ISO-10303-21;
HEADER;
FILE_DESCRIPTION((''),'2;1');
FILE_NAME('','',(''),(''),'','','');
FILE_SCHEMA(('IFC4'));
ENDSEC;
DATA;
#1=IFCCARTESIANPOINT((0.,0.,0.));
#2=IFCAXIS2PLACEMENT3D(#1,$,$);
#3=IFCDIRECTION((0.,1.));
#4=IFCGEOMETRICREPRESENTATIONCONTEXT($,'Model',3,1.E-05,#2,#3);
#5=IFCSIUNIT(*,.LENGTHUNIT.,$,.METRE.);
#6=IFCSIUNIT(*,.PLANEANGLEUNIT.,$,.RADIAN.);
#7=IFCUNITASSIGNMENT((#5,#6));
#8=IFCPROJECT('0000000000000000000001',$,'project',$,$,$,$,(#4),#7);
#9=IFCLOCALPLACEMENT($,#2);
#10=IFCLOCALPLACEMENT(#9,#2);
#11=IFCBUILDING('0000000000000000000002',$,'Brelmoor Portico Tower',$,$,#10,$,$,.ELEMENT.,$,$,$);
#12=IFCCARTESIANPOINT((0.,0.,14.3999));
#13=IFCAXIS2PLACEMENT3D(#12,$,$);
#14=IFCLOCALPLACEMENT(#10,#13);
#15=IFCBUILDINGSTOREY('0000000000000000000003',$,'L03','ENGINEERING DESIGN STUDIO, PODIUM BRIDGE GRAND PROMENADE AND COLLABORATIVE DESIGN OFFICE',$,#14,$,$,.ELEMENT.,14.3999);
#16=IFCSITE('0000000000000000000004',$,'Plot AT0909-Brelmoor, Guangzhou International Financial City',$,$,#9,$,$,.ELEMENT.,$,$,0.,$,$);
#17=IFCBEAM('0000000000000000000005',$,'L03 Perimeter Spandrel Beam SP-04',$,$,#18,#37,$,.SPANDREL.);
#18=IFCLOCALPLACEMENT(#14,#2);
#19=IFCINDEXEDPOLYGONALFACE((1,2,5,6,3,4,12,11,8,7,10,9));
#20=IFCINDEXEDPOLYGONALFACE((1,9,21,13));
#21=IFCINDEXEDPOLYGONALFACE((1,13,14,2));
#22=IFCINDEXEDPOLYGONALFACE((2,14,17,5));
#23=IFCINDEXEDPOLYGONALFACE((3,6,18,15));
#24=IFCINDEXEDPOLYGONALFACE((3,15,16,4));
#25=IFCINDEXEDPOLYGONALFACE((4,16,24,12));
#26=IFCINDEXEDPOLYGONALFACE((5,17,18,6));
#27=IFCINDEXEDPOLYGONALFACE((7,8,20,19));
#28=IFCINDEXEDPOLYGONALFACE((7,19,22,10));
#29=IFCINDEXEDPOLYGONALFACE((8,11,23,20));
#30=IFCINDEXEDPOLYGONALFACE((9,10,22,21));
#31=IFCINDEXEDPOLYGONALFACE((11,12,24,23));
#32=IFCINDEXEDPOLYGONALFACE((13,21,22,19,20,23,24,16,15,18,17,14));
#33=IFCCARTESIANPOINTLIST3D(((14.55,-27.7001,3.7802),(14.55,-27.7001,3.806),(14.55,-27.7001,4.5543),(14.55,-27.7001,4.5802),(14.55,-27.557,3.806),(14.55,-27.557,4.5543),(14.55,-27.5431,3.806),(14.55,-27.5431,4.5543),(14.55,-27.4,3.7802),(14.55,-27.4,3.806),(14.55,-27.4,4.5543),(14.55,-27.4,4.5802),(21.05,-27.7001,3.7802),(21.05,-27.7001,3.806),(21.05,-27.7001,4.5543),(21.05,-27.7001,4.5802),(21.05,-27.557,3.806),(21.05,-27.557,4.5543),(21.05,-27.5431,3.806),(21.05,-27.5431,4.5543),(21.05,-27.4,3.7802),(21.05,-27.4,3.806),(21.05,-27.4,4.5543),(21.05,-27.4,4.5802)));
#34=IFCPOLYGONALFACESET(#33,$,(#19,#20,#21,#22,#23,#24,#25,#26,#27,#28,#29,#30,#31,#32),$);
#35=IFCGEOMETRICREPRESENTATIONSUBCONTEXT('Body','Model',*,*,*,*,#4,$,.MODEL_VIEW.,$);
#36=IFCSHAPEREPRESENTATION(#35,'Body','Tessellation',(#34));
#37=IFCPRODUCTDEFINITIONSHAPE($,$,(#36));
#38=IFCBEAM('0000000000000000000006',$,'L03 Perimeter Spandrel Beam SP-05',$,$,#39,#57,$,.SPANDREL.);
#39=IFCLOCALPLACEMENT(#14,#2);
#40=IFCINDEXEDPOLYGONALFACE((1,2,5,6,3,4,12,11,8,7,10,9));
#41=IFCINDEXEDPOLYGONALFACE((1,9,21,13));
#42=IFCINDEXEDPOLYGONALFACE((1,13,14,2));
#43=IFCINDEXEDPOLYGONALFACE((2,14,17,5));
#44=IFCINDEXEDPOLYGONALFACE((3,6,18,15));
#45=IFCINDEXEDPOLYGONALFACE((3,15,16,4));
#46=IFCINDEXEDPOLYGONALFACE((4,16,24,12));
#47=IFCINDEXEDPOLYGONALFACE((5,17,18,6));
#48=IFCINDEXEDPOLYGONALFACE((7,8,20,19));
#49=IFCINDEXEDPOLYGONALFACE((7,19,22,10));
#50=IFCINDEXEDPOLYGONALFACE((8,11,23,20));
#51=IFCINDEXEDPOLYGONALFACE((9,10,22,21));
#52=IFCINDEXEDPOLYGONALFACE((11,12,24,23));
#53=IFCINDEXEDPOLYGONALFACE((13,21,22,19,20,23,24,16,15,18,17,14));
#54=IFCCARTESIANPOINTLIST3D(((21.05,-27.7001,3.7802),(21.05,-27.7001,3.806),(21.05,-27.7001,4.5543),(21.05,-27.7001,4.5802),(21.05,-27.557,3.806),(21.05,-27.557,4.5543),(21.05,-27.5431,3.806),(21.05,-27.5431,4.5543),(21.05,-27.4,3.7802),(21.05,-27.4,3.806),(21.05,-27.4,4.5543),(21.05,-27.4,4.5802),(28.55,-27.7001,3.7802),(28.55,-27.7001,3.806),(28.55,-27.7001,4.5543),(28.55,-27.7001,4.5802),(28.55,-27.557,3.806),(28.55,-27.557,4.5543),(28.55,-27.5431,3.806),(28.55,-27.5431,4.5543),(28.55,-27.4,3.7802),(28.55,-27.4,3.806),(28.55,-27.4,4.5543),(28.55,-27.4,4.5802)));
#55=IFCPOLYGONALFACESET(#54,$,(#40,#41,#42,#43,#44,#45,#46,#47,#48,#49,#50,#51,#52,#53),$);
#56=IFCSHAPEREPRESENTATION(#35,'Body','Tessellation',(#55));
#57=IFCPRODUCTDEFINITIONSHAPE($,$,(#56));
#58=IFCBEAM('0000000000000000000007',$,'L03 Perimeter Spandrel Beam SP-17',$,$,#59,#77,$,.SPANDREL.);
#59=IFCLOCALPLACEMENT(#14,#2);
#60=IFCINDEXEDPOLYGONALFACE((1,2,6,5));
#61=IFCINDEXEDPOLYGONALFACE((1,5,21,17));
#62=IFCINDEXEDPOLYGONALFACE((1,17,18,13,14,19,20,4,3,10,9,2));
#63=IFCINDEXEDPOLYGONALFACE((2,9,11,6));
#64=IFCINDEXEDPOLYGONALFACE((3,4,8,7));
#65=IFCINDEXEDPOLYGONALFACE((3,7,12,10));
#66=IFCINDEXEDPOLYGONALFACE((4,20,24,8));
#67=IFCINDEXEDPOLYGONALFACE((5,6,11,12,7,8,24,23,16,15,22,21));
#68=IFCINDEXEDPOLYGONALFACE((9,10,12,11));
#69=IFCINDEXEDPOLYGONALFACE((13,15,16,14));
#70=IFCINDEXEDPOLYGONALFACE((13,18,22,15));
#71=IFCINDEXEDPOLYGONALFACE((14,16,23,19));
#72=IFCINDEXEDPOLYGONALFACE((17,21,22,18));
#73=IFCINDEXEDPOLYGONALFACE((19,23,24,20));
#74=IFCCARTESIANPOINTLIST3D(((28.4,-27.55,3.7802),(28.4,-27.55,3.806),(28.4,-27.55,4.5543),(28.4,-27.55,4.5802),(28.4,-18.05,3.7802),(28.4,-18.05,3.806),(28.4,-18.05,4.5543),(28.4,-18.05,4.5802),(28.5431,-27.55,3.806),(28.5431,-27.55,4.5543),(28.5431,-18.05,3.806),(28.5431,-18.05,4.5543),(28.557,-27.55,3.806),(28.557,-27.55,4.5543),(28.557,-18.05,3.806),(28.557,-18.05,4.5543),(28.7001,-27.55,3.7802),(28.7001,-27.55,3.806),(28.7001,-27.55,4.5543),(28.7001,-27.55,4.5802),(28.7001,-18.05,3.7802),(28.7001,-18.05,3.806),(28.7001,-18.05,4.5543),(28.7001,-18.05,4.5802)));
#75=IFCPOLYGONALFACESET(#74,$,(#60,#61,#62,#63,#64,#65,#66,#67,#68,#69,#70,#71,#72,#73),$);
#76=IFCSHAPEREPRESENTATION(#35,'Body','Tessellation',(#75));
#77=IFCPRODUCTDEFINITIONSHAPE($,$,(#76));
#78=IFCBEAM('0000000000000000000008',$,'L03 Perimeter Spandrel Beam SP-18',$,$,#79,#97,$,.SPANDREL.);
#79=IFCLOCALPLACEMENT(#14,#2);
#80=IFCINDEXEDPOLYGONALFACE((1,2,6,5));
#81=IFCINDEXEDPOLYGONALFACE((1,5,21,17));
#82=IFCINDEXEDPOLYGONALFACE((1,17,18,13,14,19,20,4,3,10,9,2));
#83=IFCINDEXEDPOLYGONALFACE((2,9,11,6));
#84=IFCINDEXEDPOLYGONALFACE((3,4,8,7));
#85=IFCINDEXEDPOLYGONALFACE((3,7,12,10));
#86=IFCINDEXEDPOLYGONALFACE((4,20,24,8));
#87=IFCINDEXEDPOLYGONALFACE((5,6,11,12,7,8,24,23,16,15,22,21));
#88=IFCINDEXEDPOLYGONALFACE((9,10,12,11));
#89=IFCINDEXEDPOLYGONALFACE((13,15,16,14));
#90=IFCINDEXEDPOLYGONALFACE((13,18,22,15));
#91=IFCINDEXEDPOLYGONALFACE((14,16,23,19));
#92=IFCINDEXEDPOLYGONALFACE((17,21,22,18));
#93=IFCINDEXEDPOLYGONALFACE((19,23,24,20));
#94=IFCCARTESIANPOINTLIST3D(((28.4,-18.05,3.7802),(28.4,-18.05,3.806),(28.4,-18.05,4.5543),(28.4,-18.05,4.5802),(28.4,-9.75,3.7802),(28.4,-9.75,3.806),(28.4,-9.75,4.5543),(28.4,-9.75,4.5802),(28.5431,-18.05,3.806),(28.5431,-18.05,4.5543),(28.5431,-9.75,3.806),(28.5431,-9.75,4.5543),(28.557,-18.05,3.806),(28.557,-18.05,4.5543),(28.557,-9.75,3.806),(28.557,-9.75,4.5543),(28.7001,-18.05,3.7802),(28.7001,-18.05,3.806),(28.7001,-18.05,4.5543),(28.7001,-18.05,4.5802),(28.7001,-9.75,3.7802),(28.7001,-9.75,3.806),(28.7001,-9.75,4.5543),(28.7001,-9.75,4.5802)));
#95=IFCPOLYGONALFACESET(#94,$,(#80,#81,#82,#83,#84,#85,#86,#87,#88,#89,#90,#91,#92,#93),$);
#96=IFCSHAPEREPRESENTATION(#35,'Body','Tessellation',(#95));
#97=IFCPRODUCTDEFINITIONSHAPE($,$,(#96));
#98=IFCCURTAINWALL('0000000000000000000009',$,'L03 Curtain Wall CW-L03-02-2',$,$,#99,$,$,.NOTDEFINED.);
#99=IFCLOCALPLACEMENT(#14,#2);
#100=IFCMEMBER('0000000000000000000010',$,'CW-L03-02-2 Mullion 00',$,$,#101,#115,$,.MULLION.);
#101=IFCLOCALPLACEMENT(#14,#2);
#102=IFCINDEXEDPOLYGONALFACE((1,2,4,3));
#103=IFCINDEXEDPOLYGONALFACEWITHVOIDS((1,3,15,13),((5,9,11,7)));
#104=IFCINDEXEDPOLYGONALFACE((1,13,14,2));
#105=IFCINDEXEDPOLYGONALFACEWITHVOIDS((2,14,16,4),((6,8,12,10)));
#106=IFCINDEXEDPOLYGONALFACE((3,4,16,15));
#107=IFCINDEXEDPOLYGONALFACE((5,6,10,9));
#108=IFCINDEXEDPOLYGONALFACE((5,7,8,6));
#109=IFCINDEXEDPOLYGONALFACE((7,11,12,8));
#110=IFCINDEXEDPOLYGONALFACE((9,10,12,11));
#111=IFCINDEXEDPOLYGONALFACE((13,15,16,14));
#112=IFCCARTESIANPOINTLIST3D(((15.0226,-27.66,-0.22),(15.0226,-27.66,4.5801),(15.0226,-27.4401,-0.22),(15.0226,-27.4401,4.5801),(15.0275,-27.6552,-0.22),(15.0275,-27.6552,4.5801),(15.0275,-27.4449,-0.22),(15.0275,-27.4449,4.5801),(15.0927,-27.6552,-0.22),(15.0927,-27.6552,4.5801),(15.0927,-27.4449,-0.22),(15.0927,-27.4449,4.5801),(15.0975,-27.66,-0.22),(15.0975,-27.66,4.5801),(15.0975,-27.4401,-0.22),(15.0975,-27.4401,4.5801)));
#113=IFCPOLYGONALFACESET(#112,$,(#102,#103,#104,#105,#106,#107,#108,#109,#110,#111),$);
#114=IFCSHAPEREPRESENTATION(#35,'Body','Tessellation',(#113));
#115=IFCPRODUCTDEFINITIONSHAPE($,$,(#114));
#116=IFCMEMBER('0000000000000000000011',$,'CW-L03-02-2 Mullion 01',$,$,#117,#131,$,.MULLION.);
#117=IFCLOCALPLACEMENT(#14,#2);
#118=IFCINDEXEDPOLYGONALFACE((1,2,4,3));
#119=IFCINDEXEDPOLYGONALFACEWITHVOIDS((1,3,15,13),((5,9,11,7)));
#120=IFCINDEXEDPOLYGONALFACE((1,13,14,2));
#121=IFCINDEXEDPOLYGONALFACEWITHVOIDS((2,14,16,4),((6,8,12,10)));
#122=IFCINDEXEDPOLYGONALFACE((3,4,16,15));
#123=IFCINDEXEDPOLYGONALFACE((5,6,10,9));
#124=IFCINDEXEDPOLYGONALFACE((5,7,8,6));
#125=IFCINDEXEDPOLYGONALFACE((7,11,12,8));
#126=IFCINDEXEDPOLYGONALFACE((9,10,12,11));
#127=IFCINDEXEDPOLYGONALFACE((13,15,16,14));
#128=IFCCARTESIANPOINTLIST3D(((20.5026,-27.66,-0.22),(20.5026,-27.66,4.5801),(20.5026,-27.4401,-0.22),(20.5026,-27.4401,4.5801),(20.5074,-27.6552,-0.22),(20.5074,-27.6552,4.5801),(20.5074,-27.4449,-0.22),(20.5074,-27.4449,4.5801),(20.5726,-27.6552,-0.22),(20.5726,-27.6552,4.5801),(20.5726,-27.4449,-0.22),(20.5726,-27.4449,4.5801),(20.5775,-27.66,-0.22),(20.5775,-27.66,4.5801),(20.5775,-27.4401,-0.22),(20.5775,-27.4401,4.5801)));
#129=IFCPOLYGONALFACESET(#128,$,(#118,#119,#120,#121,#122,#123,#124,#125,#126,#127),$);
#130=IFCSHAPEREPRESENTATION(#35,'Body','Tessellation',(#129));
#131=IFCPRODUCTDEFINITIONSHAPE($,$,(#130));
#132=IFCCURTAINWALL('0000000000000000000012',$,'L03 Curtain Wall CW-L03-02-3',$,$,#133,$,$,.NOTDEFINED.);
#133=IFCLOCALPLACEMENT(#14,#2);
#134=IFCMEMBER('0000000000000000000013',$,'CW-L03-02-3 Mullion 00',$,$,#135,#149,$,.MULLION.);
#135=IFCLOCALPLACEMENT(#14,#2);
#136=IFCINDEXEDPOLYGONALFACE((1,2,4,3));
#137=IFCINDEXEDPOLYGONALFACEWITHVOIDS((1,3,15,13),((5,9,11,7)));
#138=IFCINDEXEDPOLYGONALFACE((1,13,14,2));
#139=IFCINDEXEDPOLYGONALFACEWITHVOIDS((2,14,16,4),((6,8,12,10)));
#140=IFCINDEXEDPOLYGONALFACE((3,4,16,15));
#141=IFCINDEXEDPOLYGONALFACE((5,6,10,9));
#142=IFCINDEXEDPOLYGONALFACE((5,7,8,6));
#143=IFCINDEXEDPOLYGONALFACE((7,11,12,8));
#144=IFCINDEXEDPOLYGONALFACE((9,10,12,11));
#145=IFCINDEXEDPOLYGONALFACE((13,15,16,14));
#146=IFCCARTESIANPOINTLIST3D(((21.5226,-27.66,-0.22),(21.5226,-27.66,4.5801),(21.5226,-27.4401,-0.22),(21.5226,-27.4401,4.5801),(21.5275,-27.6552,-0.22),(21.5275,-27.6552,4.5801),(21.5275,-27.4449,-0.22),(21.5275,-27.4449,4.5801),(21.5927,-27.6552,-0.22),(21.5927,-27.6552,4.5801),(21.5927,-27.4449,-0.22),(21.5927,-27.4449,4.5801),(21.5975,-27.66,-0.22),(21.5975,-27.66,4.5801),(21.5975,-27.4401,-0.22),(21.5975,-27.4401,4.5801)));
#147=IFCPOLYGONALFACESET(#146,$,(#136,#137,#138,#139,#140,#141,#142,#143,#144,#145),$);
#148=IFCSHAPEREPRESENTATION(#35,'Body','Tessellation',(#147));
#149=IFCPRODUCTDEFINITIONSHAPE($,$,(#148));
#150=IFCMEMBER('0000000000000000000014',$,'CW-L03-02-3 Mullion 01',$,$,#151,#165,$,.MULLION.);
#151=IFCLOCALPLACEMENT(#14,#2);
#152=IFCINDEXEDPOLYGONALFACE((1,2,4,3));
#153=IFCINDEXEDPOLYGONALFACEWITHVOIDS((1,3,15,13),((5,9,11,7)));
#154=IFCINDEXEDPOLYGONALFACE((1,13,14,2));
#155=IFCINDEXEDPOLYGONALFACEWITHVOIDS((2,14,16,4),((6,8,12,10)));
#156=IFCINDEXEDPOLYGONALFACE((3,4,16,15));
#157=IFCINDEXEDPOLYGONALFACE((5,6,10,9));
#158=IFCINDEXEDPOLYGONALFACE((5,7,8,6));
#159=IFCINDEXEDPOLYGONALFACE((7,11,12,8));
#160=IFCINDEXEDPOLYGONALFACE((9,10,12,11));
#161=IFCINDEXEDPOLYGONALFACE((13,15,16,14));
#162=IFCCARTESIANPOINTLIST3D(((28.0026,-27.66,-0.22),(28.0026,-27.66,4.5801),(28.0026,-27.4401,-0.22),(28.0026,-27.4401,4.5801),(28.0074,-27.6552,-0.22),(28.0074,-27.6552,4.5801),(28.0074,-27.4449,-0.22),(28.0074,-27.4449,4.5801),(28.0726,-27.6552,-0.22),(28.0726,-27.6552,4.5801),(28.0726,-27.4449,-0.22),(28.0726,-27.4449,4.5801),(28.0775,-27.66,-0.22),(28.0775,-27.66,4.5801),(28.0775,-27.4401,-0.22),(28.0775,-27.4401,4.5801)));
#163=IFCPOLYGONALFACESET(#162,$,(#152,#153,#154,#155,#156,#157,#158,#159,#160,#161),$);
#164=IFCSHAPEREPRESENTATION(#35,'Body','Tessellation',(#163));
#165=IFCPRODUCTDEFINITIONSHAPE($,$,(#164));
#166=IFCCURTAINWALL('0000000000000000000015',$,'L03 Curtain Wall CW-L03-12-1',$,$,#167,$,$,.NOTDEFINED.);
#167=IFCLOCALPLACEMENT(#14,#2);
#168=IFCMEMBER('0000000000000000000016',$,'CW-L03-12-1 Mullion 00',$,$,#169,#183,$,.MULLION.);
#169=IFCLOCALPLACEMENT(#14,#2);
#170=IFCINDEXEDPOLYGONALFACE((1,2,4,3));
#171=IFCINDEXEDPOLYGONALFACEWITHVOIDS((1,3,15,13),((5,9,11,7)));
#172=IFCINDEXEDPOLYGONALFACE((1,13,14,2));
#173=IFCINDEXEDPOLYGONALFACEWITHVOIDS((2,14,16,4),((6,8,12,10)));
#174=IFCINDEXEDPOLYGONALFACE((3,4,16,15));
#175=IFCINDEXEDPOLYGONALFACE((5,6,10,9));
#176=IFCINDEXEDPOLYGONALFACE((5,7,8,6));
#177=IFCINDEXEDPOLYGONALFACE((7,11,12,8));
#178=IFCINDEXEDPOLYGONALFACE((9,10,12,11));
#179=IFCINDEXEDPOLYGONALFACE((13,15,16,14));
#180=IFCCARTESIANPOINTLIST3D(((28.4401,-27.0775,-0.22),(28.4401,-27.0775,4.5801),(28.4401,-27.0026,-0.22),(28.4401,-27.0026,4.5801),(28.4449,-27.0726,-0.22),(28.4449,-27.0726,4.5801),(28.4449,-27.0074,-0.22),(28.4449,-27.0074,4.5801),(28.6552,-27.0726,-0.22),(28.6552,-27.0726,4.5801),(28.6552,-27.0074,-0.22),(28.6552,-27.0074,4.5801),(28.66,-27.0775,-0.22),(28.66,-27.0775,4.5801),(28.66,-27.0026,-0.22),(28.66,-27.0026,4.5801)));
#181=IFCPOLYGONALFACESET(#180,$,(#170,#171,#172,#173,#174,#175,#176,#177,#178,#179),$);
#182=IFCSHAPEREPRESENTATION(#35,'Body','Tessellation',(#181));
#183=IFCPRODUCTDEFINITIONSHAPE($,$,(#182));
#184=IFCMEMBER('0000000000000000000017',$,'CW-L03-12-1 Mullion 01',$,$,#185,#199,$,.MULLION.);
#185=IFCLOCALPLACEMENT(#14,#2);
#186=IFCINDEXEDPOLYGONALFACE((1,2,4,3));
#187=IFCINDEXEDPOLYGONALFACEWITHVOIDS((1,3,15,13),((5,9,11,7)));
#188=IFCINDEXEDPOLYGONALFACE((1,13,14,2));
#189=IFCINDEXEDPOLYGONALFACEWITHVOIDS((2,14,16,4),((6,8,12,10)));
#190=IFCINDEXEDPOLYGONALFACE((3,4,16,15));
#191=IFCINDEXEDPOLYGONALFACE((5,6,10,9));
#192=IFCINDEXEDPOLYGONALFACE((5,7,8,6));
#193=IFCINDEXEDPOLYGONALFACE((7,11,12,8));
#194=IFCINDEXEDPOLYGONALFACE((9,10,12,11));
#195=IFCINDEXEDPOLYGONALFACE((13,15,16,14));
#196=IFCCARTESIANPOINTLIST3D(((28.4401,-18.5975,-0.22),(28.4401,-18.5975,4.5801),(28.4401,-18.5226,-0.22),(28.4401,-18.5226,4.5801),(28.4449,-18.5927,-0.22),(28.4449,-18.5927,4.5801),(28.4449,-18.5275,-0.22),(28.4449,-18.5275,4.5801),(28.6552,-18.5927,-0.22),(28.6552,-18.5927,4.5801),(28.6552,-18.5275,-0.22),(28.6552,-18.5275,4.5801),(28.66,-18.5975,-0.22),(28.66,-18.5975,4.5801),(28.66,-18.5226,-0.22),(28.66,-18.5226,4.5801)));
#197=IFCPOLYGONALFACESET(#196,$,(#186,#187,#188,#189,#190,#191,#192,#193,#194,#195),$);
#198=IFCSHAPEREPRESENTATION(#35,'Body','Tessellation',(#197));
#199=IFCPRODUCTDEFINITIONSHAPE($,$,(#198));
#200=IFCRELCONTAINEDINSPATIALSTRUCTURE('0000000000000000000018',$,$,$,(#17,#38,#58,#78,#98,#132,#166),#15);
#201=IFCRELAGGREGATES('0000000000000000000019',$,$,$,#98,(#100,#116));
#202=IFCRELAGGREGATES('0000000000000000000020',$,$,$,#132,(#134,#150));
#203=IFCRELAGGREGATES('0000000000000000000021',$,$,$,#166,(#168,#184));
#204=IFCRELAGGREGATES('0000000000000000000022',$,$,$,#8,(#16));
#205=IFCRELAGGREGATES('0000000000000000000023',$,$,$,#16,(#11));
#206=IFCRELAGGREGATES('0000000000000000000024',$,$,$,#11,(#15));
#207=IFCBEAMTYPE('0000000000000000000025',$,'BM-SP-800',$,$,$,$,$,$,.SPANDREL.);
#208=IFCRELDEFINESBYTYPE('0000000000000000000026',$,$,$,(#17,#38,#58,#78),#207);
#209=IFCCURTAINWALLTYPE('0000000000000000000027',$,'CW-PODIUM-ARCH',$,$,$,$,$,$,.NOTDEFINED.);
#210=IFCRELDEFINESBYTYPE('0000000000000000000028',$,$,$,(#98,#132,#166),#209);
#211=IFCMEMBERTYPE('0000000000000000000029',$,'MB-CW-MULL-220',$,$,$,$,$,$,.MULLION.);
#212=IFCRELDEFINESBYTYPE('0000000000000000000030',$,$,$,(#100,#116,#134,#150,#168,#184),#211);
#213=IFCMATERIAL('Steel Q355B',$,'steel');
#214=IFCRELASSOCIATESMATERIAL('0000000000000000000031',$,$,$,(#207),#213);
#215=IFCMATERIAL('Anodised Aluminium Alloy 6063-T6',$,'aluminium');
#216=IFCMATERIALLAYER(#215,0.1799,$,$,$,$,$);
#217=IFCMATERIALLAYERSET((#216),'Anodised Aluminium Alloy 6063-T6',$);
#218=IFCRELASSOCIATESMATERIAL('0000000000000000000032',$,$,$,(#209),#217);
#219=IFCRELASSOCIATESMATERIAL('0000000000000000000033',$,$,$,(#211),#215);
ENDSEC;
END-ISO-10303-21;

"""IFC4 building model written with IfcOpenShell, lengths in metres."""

from ifc_helpers import new_model, si_unit, direction, frame, origin, origin_2d, place, context, subcontext, project, spatial, hollow_rectangle, i_section, extrude, material, layer, layer_set, material_profile, profile_set, type_object, element, aggregate, save


model = new_model("IFC4")

# Units and contexts
model_context = context("Model", 3, precision=1e-05, world=origin(), true_north=direction((0.0, 1.0)))
body_context = subcontext(model_context, "Body", "Model", "MODEL_VIEW")
ifc_project = project(units=[si_unit("LENGTHUNIT", "METRE"), si_unit("PLANEANGLEUNIT", "RADIAN")], contexts=[model_context])

# Site, building, storey
site_placement = place(None, origin())
site = spatial("IfcSite", under=ifc_project, at=site_placement, Name="Plot AT0909-Brelmoor, Guangzhou International Financial City", CompositionType="ELEMENT", RefElevation=0.0)
building_placement = place(site_placement, origin())
building = spatial("IfcBuilding", under=site, at=building_placement, Name="Brelmoor Portico Tower", CompositionType="ELEMENT")
storey_placement = place(building_placement, frame((0.0, 0.0, 14.3999)))
storey = spatial("IfcBuildingStorey", under=building, at=storey_placement, Name="L03", Description="ENGINEERING DESIGN STUDIO, PODIUM BRIDGE GRAND PROMENADE AND COLLABORATIVE DESIGN OFFICE", CompositionType="ELEMENT", Elevation=14.3999)

# Shared definitions
ifc_material_1 = material(Name="Steel Q355B", Category="steel")

# Beams
ifc_material_profile_1 = material_profile(ifc_material_1, i_section(OverallWidth=0.3, OverallDepth=0.8, WebThickness=0.0139, FlangeThickness=0.0259, at=origin_2d()), Name="HN 800x300x14x26")
ifc_profile_set_1 = profile_set([ifc_material_profile_1], Name="Steel Q355B")
beam_type_1 = type_object("IfcBeamType", Name="BM-SP-800", PredefinedType="SPANDREL", material=ifc_profile_set_1)
beam_1_placement = place(storey_placement, frame((14.55, -27.55, 4.1802), z_axis=(1.0, 0.0, 0.0), x_axis=(0.0, 1.0, 0.0)))
element("IfcBeam", 1, at=beam_1_placement, inside=storey, type_object=beam_type_1, Name="L03 Perimeter Spandrel Beam SP-04", PredefinedType="SPANDREL", context=body_context, shape_type="SweptSolid", body=[
    extrude(i_section(OverallWidth=0.3, OverallDepth=0.8, WebThickness=0.0139, FlangeThickness=0.0259, at=origin_2d()), origin(), (0.0, 0.0, 1.0), 6.5),
])
beam_2_placement = place(storey_placement, frame((21.05, -27.55, 4.1802), z_axis=(1.0, 0.0, 0.0), x_axis=(0.0, 1.0, 0.0)))
element("IfcBeam", 2, at=beam_2_placement, inside=storey, type_object=beam_type_1, Name="L03 Perimeter Spandrel Beam SP-05", PredefinedType="SPANDREL", context=body_context, shape_type="SweptSolid", body=[
    extrude(i_section(OverallWidth=0.3, OverallDepth=0.8, WebThickness=0.0139, FlangeThickness=0.0259, at=origin_2d()), origin(), (0.0, 0.0, 1.0), 7.5),
])
beam_3_placement = place(storey_placement, frame((28.55, -27.55, 4.1802), z_axis=(0.0, 1.0, 0.0), x_axis=(-1.0, 0.0, 0.0)))
element("IfcBeam", 3, at=beam_3_placement, inside=storey, type_object=beam_type_1, Name="L03 Perimeter Spandrel Beam SP-17", PredefinedType="SPANDREL", context=body_context, shape_type="SweptSolid", body=[
    extrude(i_section(OverallWidth=0.3, OverallDepth=0.8, WebThickness=0.0139, FlangeThickness=0.0259, at=origin_2d()), origin(), (0.0, 0.0, 1.0), 9.5),
])
beam_4_placement = place(storey_placement, frame((28.55, -18.05, 4.1802), z_axis=(0.0, 1.0, 0.0), x_axis=(-1.0, 0.0, 0.0)))
element("IfcBeam", 4, at=beam_4_placement, inside=storey, type_object=beam_type_1, Name="L03 Perimeter Spandrel Beam SP-18", PredefinedType="SPANDREL", context=body_context, shape_type="SweptSolid", body=[
    extrude(i_section(OverallWidth=0.3, OverallDepth=0.8, WebThickness=0.0139, FlangeThickness=0.0259, at=origin_2d()), origin(), (0.0, 0.0, 1.0), 8.3),
])

# Curtain walls, members
ifc_material_2 = material(Name="Anodised Aluminium Alloy 6063-T6", Category="aluminium")
ifc_layer_1 = layer(ifc_material_2, 0.1799)
ifc_layer_set_1 = layer_set([ifc_layer_1], Name="Anodised Aluminium Alloy 6063-T6")
curtain_wall_type = type_object("IfcCurtainWallType", Name="CW-PODIUM-ARCH", PredefinedType="NOTDEFINED", material=ifc_layer_set_1)
curtain_wall_1_placement = place(storey_placement, origin())
curtain_wall_1 = element("IfcCurtainWall", 5, at=curtain_wall_1_placement, inside=storey, type_object=curtain_wall_type, Name="L03 Curtain Wall CW-L03-02-2", PredefinedType="NOTDEFINED")
ifc_material_profile_2 = material_profile(ifc_material_2, hollow_rectangle(XDim=0.075, YDim=0.22, WallThickness=0.0049, at=origin_2d()), Name="ALU MULLION 75x220")
ifc_profile_set_2 = profile_set([ifc_material_profile_2], Name="Anodised Aluminium Alloy 6063-T6")
member_type_1 = type_object("IfcMemberType", Name="MB-CW-MULL-220", PredefinedType="MULLION", material=ifc_profile_set_2)
member_1_placement = place(storey_placement, frame((15.0601, -27.55, -0.22), z_axis=(0.0, 0.0, 1.0), x_axis=(1.0, 0.0, 0.0)))
member_1 = element("IfcMember", 6, at=member_1_placement, type_object=member_type_1, Name="CW-L03-02-2 Mullion 00", PredefinedType="MULLION", context=body_context, shape_type="SweptSolid", body=[
    extrude(hollow_rectangle(XDim=0.075, YDim=0.22, WallThickness=0.0049, at=origin_2d()), origin(), (0.0, 0.0, 1.0), 4.8),
])
member_2_placement = place(storey_placement, frame((20.54, -27.55, -0.22), z_axis=(0.0, 0.0, 1.0), x_axis=(1.0, 0.0, 0.0)))
member_2 = element("IfcMember", 7, at=member_2_placement, type_object=member_type_1, Name="CW-L03-02-2 Mullion 01", PredefinedType="MULLION", context=body_context, shape_type="SweptSolid", body=[
    extrude(hollow_rectangle(XDim=0.075, YDim=0.22, WallThickness=0.0049, at=origin_2d()), origin(), (0.0, 0.0, 1.0), 4.8),
])
curtain_wall_2_placement = place(storey_placement, origin())
curtain_wall_2 = element("IfcCurtainWall", 8, at=curtain_wall_2_placement, inside=storey, type_object=curtain_wall_type, Name="L03 Curtain Wall CW-L03-02-3", PredefinedType="NOTDEFINED")
member_3_placement = place(storey_placement, frame((21.5601, -27.55, -0.22), z_axis=(0.0, 0.0, 1.0), x_axis=(1.0, 0.0, 0.0)))
member_3 = element("IfcMember", 9, at=member_3_placement, type_object=member_type_1, Name="CW-L03-02-3 Mullion 00", PredefinedType="MULLION", context=body_context, shape_type="SweptSolid", body=[
    extrude(hollow_rectangle(XDim=0.075, YDim=0.22, WallThickness=0.0049, at=origin_2d()), origin(), (0.0, 0.0, 1.0), 4.8),
])
member_4_placement = place(storey_placement, frame((28.04, -27.55, -0.22), z_axis=(0.0, 0.0, 1.0), x_axis=(1.0, 0.0, 0.0)))
member_4 = element("IfcMember", 10, at=member_4_placement, type_object=member_type_1, Name="CW-L03-02-3 Mullion 01", PredefinedType="MULLION", context=body_context, shape_type="SweptSolid", body=[
    extrude(hollow_rectangle(XDim=0.075, YDim=0.22, WallThickness=0.0049, at=origin_2d()), origin(), (0.0, 0.0, 1.0), 4.8),
])
curtain_wall_3_placement = place(storey_placement, origin())
curtain_wall_3 = element("IfcCurtainWall", 11, at=curtain_wall_3_placement, inside=storey, type_object=curtain_wall_type, Name="L03 Curtain Wall CW-L03-12-1", PredefinedType="NOTDEFINED")
member_5_placement = place(storey_placement, frame((28.55, -27.04, -0.22), z_axis=(0.0, 0.0, 1.0), x_axis=(0.0, 1.0, 0.0)))
member_5 = element("IfcMember", 12, at=member_5_placement, type_object=member_type_1, Name="CW-L03-12-1 Mullion 00", PredefinedType="MULLION", context=body_context, shape_type="SweptSolid", body=[
    extrude(hollow_rectangle(XDim=0.075, YDim=0.22, WallThickness=0.0049, at=origin_2d()), origin(), (0.0, 0.0, 1.0), 4.8),
])
member_6_placement = place(storey_placement, frame((28.55, -18.5601, -0.22), z_axis=(0.0, 0.0, 1.0), x_axis=(0.0, 1.0, 0.0)))
member_6 = element("IfcMember", 13, at=member_6_placement, type_object=member_type_1, Name="CW-L03-12-1 Mullion 01", PredefinedType="MULLION", context=body_context, shape_type="SweptSolid", body=[
    extrude(hollow_rectangle(XDim=0.075, YDim=0.22, WallThickness=0.0049, at=origin_2d()), origin(), (0.0, 0.0, 1.0), 4.8),
])

aggregate(curtain_wall_1, [member_1, member_2])
aggregate(curtain_wall_2, [member_3, member_4])
aggregate(curtain_wall_3, [member_5, member_6])

save(model, "model.ifc")
